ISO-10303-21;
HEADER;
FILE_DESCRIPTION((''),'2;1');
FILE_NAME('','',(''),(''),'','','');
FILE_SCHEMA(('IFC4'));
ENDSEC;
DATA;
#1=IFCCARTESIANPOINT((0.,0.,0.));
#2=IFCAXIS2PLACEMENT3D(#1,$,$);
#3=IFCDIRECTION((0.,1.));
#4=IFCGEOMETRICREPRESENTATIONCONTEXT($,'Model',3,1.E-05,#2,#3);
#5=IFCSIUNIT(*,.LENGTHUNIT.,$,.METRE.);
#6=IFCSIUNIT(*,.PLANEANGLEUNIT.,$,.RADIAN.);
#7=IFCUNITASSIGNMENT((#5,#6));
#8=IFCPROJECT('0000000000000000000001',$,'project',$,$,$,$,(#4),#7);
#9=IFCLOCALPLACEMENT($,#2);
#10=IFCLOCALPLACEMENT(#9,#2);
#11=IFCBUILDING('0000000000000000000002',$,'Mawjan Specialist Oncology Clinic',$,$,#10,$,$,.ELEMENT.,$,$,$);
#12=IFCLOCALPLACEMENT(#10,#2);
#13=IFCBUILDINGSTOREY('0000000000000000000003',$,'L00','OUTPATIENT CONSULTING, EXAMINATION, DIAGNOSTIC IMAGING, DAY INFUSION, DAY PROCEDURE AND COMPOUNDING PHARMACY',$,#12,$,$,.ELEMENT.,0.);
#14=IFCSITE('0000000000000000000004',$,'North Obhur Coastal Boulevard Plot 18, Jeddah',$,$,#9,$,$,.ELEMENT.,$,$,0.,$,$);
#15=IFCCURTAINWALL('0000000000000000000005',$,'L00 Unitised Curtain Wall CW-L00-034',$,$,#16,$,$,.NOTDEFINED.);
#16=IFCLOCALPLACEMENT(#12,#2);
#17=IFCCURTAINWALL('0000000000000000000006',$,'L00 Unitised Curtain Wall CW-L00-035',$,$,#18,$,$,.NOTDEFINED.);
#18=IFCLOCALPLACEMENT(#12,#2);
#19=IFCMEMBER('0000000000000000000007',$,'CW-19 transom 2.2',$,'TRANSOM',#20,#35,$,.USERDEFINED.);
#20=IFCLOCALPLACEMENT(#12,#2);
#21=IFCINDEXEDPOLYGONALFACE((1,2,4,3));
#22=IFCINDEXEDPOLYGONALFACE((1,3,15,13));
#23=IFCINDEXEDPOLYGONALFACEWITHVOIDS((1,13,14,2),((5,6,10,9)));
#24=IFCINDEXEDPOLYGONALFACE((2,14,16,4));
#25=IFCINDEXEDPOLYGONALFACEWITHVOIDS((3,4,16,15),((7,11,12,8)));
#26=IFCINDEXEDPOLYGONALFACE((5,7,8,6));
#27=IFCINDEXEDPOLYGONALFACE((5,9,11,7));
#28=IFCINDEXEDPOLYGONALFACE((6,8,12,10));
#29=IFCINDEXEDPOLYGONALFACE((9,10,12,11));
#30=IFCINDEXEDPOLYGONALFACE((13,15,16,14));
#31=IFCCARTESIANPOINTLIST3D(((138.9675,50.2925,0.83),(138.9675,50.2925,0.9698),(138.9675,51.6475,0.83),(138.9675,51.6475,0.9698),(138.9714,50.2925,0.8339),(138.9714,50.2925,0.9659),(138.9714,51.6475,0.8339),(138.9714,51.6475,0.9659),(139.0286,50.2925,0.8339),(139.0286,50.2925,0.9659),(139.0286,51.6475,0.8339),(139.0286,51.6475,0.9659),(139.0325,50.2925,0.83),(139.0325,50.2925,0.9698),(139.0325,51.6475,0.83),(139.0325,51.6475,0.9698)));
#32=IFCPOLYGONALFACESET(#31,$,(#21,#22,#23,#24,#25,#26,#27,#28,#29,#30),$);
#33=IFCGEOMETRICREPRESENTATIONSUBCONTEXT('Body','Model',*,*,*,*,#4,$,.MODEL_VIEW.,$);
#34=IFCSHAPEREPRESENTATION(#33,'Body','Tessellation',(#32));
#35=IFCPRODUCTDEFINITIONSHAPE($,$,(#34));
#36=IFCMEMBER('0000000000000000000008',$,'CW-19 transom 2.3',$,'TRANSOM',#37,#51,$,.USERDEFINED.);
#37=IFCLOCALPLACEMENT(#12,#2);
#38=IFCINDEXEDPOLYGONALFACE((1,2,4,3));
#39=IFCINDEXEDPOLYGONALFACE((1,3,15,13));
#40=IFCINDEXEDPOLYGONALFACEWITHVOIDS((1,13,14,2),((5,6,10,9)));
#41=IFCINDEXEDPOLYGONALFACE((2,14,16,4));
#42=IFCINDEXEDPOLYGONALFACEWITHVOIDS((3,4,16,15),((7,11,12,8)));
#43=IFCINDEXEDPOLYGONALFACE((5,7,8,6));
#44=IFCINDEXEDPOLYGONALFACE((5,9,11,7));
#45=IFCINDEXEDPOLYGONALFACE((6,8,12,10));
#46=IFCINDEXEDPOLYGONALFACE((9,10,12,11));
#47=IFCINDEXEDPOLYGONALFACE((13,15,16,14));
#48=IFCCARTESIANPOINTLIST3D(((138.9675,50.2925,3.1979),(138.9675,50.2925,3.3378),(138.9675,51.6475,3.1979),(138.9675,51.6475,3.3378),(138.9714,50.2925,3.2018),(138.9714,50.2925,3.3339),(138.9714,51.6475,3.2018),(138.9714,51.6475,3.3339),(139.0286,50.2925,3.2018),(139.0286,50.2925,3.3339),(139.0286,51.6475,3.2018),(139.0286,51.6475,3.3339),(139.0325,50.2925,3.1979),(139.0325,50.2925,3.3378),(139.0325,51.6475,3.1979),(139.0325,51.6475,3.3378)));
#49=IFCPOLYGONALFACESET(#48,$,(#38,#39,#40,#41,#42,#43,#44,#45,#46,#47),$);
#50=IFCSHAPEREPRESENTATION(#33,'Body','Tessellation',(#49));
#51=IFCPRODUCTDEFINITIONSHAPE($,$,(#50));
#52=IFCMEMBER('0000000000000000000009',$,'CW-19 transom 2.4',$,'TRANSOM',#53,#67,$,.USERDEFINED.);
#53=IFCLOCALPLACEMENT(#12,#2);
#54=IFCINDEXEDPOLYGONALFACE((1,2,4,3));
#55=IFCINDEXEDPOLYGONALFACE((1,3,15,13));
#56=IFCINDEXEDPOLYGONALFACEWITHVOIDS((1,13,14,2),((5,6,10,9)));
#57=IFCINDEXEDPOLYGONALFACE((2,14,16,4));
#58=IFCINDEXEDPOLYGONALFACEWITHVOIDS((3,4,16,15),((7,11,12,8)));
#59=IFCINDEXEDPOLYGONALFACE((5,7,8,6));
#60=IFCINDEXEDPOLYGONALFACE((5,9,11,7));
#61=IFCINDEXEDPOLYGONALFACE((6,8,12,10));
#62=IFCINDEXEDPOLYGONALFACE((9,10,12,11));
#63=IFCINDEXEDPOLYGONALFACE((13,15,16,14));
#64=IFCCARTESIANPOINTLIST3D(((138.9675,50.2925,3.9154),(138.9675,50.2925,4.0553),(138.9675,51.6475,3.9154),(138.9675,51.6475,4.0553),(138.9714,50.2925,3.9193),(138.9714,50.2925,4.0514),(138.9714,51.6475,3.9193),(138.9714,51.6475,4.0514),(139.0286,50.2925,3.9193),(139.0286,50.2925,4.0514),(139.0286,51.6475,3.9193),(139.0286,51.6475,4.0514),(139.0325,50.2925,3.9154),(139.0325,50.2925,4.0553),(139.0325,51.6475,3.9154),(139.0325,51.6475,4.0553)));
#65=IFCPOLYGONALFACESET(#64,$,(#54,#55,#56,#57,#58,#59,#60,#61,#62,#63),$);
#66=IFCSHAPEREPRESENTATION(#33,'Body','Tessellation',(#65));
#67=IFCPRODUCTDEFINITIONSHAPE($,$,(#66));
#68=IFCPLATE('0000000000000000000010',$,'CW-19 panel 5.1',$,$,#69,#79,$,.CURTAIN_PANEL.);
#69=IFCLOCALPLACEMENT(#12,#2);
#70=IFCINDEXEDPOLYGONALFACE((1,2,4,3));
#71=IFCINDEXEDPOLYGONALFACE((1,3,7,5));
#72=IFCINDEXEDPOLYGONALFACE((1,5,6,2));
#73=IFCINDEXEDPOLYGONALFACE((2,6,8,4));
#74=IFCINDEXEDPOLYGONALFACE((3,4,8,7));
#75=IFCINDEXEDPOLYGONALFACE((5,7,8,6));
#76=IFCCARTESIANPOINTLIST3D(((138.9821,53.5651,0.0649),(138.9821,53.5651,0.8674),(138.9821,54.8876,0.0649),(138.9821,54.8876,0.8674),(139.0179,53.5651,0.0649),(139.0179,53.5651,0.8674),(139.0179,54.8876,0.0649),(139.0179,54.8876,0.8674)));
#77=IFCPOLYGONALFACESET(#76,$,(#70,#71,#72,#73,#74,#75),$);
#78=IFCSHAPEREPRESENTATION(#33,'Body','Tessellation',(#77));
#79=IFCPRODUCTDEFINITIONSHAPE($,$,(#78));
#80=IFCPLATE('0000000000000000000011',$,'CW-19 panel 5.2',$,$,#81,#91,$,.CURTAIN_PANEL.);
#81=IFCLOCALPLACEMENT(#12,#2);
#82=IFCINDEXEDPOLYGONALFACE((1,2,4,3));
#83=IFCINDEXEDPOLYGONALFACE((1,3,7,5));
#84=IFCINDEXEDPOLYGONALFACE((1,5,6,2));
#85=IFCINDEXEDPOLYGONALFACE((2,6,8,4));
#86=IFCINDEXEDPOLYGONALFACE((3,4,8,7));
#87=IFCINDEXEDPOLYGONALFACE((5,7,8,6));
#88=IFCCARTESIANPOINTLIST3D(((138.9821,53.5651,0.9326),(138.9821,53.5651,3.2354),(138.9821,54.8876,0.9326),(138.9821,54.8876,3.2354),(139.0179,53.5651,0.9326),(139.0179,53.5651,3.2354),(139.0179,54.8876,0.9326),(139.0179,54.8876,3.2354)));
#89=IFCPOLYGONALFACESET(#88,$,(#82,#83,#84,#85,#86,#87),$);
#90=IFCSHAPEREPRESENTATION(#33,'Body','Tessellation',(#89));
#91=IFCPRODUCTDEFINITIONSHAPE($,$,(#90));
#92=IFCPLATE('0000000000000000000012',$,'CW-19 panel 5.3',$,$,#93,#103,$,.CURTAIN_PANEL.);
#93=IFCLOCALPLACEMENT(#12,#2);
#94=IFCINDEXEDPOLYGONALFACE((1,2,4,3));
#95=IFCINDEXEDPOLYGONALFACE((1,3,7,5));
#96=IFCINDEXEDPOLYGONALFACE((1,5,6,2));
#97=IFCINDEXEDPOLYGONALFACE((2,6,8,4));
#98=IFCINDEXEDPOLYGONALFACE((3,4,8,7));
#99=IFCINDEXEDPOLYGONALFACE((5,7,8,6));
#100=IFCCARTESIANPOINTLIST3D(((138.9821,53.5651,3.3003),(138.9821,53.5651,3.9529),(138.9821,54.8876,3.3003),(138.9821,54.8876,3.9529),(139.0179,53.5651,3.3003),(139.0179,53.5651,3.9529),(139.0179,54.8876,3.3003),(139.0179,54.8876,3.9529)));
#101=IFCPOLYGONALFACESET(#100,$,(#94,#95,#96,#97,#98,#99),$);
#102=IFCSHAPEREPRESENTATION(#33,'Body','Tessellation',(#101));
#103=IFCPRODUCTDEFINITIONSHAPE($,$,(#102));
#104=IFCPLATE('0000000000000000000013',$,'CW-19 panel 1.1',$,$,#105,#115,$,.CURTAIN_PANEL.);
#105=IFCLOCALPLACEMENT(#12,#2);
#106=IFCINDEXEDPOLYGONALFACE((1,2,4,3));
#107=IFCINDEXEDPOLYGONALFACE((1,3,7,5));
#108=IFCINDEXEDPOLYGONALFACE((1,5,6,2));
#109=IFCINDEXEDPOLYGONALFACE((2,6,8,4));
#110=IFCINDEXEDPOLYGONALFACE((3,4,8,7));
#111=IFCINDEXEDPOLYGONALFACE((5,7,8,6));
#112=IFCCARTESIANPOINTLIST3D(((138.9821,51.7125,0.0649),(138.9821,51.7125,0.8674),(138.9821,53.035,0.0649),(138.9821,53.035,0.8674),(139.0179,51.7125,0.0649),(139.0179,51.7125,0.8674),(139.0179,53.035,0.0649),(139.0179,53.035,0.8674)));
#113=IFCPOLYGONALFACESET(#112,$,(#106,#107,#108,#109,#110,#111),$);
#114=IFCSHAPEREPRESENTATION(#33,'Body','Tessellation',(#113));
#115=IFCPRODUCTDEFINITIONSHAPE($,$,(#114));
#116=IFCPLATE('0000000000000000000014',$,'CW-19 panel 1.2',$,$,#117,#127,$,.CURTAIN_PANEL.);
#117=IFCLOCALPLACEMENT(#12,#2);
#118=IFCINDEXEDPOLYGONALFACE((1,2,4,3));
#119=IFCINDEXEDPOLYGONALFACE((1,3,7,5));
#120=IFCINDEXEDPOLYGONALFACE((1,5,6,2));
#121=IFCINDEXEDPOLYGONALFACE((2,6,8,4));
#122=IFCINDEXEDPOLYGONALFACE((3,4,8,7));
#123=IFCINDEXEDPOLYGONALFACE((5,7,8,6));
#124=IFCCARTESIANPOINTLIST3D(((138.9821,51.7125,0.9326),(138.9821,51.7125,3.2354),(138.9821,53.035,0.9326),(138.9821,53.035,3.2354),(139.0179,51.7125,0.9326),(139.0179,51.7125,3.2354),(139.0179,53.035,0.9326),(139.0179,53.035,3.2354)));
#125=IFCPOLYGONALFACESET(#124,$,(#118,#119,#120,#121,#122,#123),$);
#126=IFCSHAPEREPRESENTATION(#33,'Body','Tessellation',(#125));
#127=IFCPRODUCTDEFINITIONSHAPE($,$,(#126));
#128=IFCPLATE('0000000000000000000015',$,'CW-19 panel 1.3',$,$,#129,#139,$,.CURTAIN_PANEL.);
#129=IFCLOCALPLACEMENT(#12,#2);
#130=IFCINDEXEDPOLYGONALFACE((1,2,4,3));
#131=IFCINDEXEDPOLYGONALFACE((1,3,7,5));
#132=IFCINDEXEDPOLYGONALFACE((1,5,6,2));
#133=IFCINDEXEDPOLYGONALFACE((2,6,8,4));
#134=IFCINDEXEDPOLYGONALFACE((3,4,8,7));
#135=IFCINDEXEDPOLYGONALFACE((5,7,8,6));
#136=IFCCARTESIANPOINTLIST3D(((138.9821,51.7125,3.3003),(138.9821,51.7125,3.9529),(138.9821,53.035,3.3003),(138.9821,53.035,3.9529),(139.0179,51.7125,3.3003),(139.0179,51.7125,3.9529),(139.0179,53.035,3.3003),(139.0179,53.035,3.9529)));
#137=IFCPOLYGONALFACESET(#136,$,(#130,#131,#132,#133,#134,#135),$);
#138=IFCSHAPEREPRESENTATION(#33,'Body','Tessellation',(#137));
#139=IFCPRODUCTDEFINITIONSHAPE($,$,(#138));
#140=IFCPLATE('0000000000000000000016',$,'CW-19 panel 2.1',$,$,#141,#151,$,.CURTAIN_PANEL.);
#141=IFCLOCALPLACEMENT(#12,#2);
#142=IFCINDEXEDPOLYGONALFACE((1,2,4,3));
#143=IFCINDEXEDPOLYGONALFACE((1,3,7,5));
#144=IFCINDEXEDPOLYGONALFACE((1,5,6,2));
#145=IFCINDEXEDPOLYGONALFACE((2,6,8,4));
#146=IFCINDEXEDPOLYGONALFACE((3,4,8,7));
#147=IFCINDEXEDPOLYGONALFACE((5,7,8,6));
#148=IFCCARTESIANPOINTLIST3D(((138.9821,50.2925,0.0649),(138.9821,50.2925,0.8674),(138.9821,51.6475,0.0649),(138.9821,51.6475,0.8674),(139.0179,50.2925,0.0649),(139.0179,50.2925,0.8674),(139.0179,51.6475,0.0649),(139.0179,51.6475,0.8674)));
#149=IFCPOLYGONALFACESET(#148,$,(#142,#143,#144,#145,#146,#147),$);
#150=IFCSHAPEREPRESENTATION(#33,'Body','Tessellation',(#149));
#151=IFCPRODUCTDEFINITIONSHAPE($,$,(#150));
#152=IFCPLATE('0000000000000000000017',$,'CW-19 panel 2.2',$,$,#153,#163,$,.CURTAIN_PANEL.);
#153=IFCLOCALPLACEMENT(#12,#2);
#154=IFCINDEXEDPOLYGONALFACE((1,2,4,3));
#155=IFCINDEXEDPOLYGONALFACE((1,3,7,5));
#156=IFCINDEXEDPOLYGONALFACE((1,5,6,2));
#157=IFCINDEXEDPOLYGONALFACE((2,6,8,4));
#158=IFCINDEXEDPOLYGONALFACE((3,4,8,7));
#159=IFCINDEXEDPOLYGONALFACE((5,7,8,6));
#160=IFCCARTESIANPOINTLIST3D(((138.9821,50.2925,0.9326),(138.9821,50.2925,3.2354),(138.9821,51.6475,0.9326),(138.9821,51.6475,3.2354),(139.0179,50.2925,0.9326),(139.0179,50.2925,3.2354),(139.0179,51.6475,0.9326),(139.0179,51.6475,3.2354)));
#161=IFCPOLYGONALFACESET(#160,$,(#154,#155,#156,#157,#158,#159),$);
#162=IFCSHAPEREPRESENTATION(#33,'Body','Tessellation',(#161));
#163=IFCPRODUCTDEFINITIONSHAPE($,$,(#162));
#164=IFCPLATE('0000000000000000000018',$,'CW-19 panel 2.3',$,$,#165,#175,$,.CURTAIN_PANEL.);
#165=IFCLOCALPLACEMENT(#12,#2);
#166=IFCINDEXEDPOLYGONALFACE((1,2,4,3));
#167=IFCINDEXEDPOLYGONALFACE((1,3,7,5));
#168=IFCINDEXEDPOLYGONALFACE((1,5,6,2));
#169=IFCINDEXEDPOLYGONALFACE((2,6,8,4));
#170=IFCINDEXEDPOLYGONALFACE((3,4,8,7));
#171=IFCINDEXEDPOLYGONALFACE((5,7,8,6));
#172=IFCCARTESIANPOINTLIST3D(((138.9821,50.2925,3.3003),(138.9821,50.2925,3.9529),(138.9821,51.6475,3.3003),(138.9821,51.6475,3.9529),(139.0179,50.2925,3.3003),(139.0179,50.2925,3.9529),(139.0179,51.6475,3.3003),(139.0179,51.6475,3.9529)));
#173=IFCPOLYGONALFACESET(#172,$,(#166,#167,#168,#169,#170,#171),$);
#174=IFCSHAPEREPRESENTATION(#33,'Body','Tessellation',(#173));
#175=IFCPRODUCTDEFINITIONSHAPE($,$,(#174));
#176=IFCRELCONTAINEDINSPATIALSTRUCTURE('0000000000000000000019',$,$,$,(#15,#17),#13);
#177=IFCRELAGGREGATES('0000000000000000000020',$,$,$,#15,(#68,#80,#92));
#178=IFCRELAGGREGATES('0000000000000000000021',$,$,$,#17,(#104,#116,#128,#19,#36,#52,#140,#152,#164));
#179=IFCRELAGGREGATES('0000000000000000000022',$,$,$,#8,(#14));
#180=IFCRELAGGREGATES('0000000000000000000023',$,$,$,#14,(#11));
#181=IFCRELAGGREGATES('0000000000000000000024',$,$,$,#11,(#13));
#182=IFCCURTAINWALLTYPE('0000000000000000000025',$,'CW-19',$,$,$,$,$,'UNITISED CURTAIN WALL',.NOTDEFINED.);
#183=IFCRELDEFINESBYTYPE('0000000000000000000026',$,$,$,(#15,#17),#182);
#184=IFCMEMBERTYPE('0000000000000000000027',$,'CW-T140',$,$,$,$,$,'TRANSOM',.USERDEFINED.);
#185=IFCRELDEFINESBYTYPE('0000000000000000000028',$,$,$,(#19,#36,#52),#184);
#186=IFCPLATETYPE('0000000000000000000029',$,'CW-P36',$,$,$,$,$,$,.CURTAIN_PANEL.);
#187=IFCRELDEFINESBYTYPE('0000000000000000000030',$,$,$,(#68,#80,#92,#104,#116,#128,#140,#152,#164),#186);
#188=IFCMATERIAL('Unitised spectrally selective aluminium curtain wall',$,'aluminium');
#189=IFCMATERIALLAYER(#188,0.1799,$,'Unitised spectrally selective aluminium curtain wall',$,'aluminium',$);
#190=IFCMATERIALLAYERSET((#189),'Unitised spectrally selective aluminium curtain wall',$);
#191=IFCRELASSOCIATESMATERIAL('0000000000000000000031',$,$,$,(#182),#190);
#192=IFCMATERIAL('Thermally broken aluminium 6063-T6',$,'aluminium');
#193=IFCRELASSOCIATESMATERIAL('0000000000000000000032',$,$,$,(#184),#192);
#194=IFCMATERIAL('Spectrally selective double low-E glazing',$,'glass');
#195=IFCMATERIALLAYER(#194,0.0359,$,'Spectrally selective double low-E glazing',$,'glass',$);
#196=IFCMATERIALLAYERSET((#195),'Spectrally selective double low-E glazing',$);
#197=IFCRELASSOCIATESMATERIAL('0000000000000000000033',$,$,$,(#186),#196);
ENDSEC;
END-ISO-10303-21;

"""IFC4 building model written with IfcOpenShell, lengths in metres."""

from ifc_helpers import new_model, si_unit, direction, frame, origin, origin_2d, place, context, subcontext, project, spatial, rectangle, hollow_rectangle, extrude, material, layer, layer_set, material_profile, profile_set, type_object, element, aggregate, save


model = new_model("IFC4")

# Units and contexts
model_context = context("Model", 3, precision=1e-05, world=origin(), true_north=direction((0.0, 1.0)))
body_context = subcontext(model_context, "Body", "Model", "MODEL_VIEW")
ifc_project = project(units=[si_unit("LENGTHUNIT", "METRE"), si_unit("PLANEANGLEUNIT", "RADIAN")], contexts=[model_context])

# Site, building, storey
site_placement = place(None, origin())
site = spatial("IfcSite", under=ifc_project, at=site_placement, Name="North Obhur Coastal Boulevard Plot 18, Jeddah", CompositionType="ELEMENT", RefElevation=0.0)
building_placement = place(site_placement, origin())
building = spatial("IfcBuilding", under=site, at=building_placement, Name="Mawjan Specialist Oncology Clinic", CompositionType="ELEMENT")
storey_placement = place(building_placement, origin())
storey = spatial("IfcBuildingStorey", under=building, at=storey_placement, Name="L00", Description="OUTPATIENT CONSULTING, EXAMINATION, DIAGNOSTIC IMAGING, DAY INFUSION, DAY PROCEDURE AND COMPOUNDING PHARMACY", CompositionType="ELEMENT", Elevation=0.0)

# Curtain wall
ifc_material_1 = material(Name="Unitised spectrally selective aluminium curtain wall", Category="aluminium")
ifc_layer_1 = layer(ifc_material_1, 0.1799, Name="Unitised spectrally selective aluminium curtain wall", Category="aluminium")
ifc_layer_set_1 = layer_set([ifc_layer_1], Name="Unitised spectrally selective aluminium curtain wall")
curtain_wall_type = type_object("IfcCurtainWallType", Name="CW-19", ElementType="UNITISED CURTAIN WALL", PredefinedType="NOTDEFINED", material=ifc_layer_set_1)
curtain_wall_1_placement = place(storey_placement, origin())
curtain_wall_1 = element("IfcCurtainWall", 1, at=curtain_wall_1_placement, inside=storey, type_object=curtain_wall_type, Name="L00 Unitised Curtain Wall CW-L00-034", PredefinedType="NOTDEFINED")

# Curtain wall
curtain_wall_2_placement = place(storey_placement, origin())
curtain_wall_2 = element("IfcCurtainWall", 2, at=curtain_wall_2_placement, inside=storey, type_object=curtain_wall_type, Name="L00 Unitised Curtain Wall CW-L00-035", PredefinedType="NOTDEFINED")

# Members
ifc_material_2 = material(Name="Thermally broken aluminium 6063-T6", Category="aluminium")
ifc_material_profile_1 = material_profile(ifc_material_2, hollow_rectangle(XDim=0.0649, YDim=0.1399, WallThickness=0.0039, at=origin_2d()), Name="ALU TRANSOM 140x65x4", Category="aluminium")
ifc_profile_set_1 = profile_set([ifc_material_profile_1], Name="Thermally broken aluminium 6063-T6")
member_type_1 = type_object("IfcMemberType", Name="CW-T140", ElementType="TRANSOM", PredefinedType="USERDEFINED", material=ifc_profile_set_1)
member_1_placement = place(storey_placement, frame((139.0, 51.6475, 0.8999), z_axis=(0.0, -1.0, 0.0), x_axis=(1.0, 0.0, 0.0)))
member_1 = element("IfcMember", 3, at=member_1_placement, type_object=member_type_1, Name="CW-19 transom 2.2", ObjectType="TRANSOM", PredefinedType="USERDEFINED", context=body_context, shape_type="SweptSolid", body=[
    extrude(hollow_rectangle(XDim=0.0649, YDim=0.1399, WallThickness=0.0039, at=origin_2d()), origin(), (0.0, 0.0, 1.0), 1.355),
])
member_2_placement = place(storey_placement, frame((139.0, 51.6475, 3.2678), z_axis=(0.0, -1.0, 0.0), x_axis=(1.0, 0.0, 0.0)))
member_2 = element("IfcMember", 4, at=member_2_placement, type_object=member_type_1, Name="CW-19 transom 2.3", ObjectType="TRANSOM", PredefinedType="USERDEFINED", context=body_context, shape_type="SweptSolid", body=[
    extrude(hollow_rectangle(XDim=0.0649, YDim=0.1399, WallThickness=0.0039, at=origin_2d()), origin(), (0.0, 0.0, 1.0), 1.355),
])
member_3_placement = place(storey_placement, frame((139.0, 51.6475, 3.9854), z_axis=(0.0, -1.0, 0.0), x_axis=(1.0, 0.0, 0.0)))
member_3 = element("IfcMember", 5, at=member_3_placement, type_object=member_type_1, Name="CW-19 transom 2.4", ObjectType="TRANSOM", PredefinedType="USERDEFINED", context=body_context, shape_type="SweptSolid", body=[
    extrude(hollow_rectangle(XDim=0.0649, YDim=0.1399, WallThickness=0.0039, at=origin_2d()), origin(), (0.0, 0.0, 1.0), 1.355),
])

# Plates
ifc_material_3 = material(Name="Spectrally selective double low-E glazing", Category="glass")
ifc_layer_2 = layer(ifc_material_3, 0.0359, Name="Spectrally selective double low-E glazing", Category="glass")
ifc_layer_set_2 = layer_set([ifc_layer_2], Name="Spectrally selective double low-E glazing")
plate_type = type_object("IfcPlateType", Name="CW-P36", PredefinedType="CURTAIN_PANEL", material=ifc_layer_set_2)
plate_1_placement = place(storey_placement, frame((139.0, 54.2263, 0.0649), z_axis=(0.0, 0.0, 1.0), x_axis=(0.0, -1.0, 0.0)))
plate_1 = element("IfcPlate", 6, at=plate_1_placement, type_object=plate_type, Name="CW-19 panel 5.1", PredefinedType="CURTAIN_PANEL", context=body_context, shape_type="SweptSolid", body=[
    extrude(rectangle(XDim=1.3225, YDim=0.0359, at=origin_2d()), origin(), (0.0, 0.0, 1.0), 0.8025),
])
plate_2_placement = place(storey_placement, frame((139.0, 54.2263, 0.9326), z_axis=(0.0, 0.0, 1.0), x_axis=(0.0, -1.0, 0.0)))
plate_2 = element("IfcPlate", 7, at=plate_2_placement, type_object=plate_type, Name="CW-19 panel 5.2", PredefinedType="CURTAIN_PANEL", context=body_context, shape_type="SweptSolid", body=[
    extrude(rectangle(XDim=1.3225, YDim=0.0359, at=origin_2d()), origin(), (0.0, 0.0, 1.0), 2.3027),
])
plate_3_placement = place(storey_placement, frame((139.0, 54.2263, 3.3003), z_axis=(0.0, 0.0, 1.0), x_axis=(0.0, -1.0, 0.0)))
plate_3 = element("IfcPlate", 8, at=plate_3_placement, type_object=plate_type, Name="CW-19 panel 5.3", PredefinedType="CURTAIN_PANEL", context=body_context, shape_type="SweptSolid", body=[
    extrude(rectangle(XDim=1.3225, YDim=0.0359, at=origin_2d()), origin(), (0.0, 0.0, 1.0), 0.6526),
])
aggregate(curtain_wall_1, [plate_1, plate_2, plate_3])
plate_4_placement = place(storey_placement, frame((139.0, 52.3738, 0.0649), z_axis=(0.0, 0.0, 1.0), x_axis=(0.0, -1.0, 0.0)))
plate_4 = element("IfcPlate", 9, at=plate_4_placement, type_object=plate_type, Name="CW-19 panel 1.1", PredefinedType="CURTAIN_PANEL", context=body_context, shape_type="SweptSolid", body=[
    extrude(rectangle(XDim=1.3225, YDim=0.0359, at=origin_2d()), origin(), (0.0, 0.0, 1.0), 0.8025),
])
plate_5_placement = place(storey_placement, frame((139.0, 52.3738, 0.9326), z_axis=(0.0, 0.0, 1.0), x_axis=(0.0, -1.0, 0.0)))
plate_5 = element("IfcPlate", 10, at=plate_5_placement, type_object=plate_type, Name="CW-19 panel 1.2", PredefinedType="CURTAIN_PANEL", context=body_context, shape_type="SweptSolid", body=[
    extrude(rectangle(XDim=1.3225, YDim=0.0359, at=origin_2d()), origin(), (0.0, 0.0, 1.0), 2.3027),
])
plate_6_placement = place(storey_placement, frame((139.0, 52.3738, 3.3003), z_axis=(0.0, 0.0, 1.0), x_axis=(0.0, -1.0, 0.0)))
plate_6 = element("IfcPlate", 11, at=plate_6_placement, type_object=plate_type, Name="CW-19 panel 1.3", PredefinedType="CURTAIN_PANEL", context=body_context, shape_type="SweptSolid", body=[
    extrude(rectangle(XDim=1.3225, YDim=0.0359, at=origin_2d()), origin(), (0.0, 0.0, 1.0), 0.6526),
])
plate_7_placement = place(storey_placement, frame((139.0, 50.97, 0.0649), z_axis=(0.0, 0.0, 1.0), x_axis=(0.0, -1.0, 0.0)))
plate_7 = element("IfcPlate", 12, at=plate_7_placement, type_object=plate_type, Name="CW-19 panel 2.1", PredefinedType="CURTAIN_PANEL", context=body_context, shape_type="SweptSolid", body=[
    extrude(rectangle(XDim=1.355, YDim=0.0359, at=origin_2d()), origin(), (0.0, 0.0, 1.0), 0.8025),
])
plate_8_placement = place(storey_placement, frame((139.0, 50.97, 0.9326), z_axis=(0.0, 0.0, 1.0), x_axis=(0.0, -1.0, 0.0)))
plate_8 = element("IfcPlate", 13, at=plate_8_placement, type_object=plate_type, Name="CW-19 panel 2.2", PredefinedType="CURTAIN_PANEL", context=body_context, shape_type="SweptSolid", body=[
    extrude(rectangle(XDim=1.355, YDim=0.0359, at=origin_2d()), origin(), (0.0, 0.0, 1.0), 2.3027),
])
plate_9_placement = place(storey_placement, frame((139.0, 50.97, 3.3003), z_axis=(0.0, 0.0, 1.0), x_axis=(0.0, -1.0, 0.0)))
plate_9 = element("IfcPlate", 14, at=plate_9_placement, type_object=plate_type, Name="CW-19 panel 2.3", PredefinedType="CURTAIN_PANEL", context=body_context, shape_type="SweptSolid", body=[
    extrude(rectangle(XDim=1.355, YDim=0.0359, at=origin_2d()), origin(), (0.0, 0.0, 1.0), 0.6526),
])
aggregate(curtain_wall_2, [plate_4, plate_5, plate_6, member_1, member_2, member_3, plate_7, plate_8, plate_9])

save(model, "model.ifc")
